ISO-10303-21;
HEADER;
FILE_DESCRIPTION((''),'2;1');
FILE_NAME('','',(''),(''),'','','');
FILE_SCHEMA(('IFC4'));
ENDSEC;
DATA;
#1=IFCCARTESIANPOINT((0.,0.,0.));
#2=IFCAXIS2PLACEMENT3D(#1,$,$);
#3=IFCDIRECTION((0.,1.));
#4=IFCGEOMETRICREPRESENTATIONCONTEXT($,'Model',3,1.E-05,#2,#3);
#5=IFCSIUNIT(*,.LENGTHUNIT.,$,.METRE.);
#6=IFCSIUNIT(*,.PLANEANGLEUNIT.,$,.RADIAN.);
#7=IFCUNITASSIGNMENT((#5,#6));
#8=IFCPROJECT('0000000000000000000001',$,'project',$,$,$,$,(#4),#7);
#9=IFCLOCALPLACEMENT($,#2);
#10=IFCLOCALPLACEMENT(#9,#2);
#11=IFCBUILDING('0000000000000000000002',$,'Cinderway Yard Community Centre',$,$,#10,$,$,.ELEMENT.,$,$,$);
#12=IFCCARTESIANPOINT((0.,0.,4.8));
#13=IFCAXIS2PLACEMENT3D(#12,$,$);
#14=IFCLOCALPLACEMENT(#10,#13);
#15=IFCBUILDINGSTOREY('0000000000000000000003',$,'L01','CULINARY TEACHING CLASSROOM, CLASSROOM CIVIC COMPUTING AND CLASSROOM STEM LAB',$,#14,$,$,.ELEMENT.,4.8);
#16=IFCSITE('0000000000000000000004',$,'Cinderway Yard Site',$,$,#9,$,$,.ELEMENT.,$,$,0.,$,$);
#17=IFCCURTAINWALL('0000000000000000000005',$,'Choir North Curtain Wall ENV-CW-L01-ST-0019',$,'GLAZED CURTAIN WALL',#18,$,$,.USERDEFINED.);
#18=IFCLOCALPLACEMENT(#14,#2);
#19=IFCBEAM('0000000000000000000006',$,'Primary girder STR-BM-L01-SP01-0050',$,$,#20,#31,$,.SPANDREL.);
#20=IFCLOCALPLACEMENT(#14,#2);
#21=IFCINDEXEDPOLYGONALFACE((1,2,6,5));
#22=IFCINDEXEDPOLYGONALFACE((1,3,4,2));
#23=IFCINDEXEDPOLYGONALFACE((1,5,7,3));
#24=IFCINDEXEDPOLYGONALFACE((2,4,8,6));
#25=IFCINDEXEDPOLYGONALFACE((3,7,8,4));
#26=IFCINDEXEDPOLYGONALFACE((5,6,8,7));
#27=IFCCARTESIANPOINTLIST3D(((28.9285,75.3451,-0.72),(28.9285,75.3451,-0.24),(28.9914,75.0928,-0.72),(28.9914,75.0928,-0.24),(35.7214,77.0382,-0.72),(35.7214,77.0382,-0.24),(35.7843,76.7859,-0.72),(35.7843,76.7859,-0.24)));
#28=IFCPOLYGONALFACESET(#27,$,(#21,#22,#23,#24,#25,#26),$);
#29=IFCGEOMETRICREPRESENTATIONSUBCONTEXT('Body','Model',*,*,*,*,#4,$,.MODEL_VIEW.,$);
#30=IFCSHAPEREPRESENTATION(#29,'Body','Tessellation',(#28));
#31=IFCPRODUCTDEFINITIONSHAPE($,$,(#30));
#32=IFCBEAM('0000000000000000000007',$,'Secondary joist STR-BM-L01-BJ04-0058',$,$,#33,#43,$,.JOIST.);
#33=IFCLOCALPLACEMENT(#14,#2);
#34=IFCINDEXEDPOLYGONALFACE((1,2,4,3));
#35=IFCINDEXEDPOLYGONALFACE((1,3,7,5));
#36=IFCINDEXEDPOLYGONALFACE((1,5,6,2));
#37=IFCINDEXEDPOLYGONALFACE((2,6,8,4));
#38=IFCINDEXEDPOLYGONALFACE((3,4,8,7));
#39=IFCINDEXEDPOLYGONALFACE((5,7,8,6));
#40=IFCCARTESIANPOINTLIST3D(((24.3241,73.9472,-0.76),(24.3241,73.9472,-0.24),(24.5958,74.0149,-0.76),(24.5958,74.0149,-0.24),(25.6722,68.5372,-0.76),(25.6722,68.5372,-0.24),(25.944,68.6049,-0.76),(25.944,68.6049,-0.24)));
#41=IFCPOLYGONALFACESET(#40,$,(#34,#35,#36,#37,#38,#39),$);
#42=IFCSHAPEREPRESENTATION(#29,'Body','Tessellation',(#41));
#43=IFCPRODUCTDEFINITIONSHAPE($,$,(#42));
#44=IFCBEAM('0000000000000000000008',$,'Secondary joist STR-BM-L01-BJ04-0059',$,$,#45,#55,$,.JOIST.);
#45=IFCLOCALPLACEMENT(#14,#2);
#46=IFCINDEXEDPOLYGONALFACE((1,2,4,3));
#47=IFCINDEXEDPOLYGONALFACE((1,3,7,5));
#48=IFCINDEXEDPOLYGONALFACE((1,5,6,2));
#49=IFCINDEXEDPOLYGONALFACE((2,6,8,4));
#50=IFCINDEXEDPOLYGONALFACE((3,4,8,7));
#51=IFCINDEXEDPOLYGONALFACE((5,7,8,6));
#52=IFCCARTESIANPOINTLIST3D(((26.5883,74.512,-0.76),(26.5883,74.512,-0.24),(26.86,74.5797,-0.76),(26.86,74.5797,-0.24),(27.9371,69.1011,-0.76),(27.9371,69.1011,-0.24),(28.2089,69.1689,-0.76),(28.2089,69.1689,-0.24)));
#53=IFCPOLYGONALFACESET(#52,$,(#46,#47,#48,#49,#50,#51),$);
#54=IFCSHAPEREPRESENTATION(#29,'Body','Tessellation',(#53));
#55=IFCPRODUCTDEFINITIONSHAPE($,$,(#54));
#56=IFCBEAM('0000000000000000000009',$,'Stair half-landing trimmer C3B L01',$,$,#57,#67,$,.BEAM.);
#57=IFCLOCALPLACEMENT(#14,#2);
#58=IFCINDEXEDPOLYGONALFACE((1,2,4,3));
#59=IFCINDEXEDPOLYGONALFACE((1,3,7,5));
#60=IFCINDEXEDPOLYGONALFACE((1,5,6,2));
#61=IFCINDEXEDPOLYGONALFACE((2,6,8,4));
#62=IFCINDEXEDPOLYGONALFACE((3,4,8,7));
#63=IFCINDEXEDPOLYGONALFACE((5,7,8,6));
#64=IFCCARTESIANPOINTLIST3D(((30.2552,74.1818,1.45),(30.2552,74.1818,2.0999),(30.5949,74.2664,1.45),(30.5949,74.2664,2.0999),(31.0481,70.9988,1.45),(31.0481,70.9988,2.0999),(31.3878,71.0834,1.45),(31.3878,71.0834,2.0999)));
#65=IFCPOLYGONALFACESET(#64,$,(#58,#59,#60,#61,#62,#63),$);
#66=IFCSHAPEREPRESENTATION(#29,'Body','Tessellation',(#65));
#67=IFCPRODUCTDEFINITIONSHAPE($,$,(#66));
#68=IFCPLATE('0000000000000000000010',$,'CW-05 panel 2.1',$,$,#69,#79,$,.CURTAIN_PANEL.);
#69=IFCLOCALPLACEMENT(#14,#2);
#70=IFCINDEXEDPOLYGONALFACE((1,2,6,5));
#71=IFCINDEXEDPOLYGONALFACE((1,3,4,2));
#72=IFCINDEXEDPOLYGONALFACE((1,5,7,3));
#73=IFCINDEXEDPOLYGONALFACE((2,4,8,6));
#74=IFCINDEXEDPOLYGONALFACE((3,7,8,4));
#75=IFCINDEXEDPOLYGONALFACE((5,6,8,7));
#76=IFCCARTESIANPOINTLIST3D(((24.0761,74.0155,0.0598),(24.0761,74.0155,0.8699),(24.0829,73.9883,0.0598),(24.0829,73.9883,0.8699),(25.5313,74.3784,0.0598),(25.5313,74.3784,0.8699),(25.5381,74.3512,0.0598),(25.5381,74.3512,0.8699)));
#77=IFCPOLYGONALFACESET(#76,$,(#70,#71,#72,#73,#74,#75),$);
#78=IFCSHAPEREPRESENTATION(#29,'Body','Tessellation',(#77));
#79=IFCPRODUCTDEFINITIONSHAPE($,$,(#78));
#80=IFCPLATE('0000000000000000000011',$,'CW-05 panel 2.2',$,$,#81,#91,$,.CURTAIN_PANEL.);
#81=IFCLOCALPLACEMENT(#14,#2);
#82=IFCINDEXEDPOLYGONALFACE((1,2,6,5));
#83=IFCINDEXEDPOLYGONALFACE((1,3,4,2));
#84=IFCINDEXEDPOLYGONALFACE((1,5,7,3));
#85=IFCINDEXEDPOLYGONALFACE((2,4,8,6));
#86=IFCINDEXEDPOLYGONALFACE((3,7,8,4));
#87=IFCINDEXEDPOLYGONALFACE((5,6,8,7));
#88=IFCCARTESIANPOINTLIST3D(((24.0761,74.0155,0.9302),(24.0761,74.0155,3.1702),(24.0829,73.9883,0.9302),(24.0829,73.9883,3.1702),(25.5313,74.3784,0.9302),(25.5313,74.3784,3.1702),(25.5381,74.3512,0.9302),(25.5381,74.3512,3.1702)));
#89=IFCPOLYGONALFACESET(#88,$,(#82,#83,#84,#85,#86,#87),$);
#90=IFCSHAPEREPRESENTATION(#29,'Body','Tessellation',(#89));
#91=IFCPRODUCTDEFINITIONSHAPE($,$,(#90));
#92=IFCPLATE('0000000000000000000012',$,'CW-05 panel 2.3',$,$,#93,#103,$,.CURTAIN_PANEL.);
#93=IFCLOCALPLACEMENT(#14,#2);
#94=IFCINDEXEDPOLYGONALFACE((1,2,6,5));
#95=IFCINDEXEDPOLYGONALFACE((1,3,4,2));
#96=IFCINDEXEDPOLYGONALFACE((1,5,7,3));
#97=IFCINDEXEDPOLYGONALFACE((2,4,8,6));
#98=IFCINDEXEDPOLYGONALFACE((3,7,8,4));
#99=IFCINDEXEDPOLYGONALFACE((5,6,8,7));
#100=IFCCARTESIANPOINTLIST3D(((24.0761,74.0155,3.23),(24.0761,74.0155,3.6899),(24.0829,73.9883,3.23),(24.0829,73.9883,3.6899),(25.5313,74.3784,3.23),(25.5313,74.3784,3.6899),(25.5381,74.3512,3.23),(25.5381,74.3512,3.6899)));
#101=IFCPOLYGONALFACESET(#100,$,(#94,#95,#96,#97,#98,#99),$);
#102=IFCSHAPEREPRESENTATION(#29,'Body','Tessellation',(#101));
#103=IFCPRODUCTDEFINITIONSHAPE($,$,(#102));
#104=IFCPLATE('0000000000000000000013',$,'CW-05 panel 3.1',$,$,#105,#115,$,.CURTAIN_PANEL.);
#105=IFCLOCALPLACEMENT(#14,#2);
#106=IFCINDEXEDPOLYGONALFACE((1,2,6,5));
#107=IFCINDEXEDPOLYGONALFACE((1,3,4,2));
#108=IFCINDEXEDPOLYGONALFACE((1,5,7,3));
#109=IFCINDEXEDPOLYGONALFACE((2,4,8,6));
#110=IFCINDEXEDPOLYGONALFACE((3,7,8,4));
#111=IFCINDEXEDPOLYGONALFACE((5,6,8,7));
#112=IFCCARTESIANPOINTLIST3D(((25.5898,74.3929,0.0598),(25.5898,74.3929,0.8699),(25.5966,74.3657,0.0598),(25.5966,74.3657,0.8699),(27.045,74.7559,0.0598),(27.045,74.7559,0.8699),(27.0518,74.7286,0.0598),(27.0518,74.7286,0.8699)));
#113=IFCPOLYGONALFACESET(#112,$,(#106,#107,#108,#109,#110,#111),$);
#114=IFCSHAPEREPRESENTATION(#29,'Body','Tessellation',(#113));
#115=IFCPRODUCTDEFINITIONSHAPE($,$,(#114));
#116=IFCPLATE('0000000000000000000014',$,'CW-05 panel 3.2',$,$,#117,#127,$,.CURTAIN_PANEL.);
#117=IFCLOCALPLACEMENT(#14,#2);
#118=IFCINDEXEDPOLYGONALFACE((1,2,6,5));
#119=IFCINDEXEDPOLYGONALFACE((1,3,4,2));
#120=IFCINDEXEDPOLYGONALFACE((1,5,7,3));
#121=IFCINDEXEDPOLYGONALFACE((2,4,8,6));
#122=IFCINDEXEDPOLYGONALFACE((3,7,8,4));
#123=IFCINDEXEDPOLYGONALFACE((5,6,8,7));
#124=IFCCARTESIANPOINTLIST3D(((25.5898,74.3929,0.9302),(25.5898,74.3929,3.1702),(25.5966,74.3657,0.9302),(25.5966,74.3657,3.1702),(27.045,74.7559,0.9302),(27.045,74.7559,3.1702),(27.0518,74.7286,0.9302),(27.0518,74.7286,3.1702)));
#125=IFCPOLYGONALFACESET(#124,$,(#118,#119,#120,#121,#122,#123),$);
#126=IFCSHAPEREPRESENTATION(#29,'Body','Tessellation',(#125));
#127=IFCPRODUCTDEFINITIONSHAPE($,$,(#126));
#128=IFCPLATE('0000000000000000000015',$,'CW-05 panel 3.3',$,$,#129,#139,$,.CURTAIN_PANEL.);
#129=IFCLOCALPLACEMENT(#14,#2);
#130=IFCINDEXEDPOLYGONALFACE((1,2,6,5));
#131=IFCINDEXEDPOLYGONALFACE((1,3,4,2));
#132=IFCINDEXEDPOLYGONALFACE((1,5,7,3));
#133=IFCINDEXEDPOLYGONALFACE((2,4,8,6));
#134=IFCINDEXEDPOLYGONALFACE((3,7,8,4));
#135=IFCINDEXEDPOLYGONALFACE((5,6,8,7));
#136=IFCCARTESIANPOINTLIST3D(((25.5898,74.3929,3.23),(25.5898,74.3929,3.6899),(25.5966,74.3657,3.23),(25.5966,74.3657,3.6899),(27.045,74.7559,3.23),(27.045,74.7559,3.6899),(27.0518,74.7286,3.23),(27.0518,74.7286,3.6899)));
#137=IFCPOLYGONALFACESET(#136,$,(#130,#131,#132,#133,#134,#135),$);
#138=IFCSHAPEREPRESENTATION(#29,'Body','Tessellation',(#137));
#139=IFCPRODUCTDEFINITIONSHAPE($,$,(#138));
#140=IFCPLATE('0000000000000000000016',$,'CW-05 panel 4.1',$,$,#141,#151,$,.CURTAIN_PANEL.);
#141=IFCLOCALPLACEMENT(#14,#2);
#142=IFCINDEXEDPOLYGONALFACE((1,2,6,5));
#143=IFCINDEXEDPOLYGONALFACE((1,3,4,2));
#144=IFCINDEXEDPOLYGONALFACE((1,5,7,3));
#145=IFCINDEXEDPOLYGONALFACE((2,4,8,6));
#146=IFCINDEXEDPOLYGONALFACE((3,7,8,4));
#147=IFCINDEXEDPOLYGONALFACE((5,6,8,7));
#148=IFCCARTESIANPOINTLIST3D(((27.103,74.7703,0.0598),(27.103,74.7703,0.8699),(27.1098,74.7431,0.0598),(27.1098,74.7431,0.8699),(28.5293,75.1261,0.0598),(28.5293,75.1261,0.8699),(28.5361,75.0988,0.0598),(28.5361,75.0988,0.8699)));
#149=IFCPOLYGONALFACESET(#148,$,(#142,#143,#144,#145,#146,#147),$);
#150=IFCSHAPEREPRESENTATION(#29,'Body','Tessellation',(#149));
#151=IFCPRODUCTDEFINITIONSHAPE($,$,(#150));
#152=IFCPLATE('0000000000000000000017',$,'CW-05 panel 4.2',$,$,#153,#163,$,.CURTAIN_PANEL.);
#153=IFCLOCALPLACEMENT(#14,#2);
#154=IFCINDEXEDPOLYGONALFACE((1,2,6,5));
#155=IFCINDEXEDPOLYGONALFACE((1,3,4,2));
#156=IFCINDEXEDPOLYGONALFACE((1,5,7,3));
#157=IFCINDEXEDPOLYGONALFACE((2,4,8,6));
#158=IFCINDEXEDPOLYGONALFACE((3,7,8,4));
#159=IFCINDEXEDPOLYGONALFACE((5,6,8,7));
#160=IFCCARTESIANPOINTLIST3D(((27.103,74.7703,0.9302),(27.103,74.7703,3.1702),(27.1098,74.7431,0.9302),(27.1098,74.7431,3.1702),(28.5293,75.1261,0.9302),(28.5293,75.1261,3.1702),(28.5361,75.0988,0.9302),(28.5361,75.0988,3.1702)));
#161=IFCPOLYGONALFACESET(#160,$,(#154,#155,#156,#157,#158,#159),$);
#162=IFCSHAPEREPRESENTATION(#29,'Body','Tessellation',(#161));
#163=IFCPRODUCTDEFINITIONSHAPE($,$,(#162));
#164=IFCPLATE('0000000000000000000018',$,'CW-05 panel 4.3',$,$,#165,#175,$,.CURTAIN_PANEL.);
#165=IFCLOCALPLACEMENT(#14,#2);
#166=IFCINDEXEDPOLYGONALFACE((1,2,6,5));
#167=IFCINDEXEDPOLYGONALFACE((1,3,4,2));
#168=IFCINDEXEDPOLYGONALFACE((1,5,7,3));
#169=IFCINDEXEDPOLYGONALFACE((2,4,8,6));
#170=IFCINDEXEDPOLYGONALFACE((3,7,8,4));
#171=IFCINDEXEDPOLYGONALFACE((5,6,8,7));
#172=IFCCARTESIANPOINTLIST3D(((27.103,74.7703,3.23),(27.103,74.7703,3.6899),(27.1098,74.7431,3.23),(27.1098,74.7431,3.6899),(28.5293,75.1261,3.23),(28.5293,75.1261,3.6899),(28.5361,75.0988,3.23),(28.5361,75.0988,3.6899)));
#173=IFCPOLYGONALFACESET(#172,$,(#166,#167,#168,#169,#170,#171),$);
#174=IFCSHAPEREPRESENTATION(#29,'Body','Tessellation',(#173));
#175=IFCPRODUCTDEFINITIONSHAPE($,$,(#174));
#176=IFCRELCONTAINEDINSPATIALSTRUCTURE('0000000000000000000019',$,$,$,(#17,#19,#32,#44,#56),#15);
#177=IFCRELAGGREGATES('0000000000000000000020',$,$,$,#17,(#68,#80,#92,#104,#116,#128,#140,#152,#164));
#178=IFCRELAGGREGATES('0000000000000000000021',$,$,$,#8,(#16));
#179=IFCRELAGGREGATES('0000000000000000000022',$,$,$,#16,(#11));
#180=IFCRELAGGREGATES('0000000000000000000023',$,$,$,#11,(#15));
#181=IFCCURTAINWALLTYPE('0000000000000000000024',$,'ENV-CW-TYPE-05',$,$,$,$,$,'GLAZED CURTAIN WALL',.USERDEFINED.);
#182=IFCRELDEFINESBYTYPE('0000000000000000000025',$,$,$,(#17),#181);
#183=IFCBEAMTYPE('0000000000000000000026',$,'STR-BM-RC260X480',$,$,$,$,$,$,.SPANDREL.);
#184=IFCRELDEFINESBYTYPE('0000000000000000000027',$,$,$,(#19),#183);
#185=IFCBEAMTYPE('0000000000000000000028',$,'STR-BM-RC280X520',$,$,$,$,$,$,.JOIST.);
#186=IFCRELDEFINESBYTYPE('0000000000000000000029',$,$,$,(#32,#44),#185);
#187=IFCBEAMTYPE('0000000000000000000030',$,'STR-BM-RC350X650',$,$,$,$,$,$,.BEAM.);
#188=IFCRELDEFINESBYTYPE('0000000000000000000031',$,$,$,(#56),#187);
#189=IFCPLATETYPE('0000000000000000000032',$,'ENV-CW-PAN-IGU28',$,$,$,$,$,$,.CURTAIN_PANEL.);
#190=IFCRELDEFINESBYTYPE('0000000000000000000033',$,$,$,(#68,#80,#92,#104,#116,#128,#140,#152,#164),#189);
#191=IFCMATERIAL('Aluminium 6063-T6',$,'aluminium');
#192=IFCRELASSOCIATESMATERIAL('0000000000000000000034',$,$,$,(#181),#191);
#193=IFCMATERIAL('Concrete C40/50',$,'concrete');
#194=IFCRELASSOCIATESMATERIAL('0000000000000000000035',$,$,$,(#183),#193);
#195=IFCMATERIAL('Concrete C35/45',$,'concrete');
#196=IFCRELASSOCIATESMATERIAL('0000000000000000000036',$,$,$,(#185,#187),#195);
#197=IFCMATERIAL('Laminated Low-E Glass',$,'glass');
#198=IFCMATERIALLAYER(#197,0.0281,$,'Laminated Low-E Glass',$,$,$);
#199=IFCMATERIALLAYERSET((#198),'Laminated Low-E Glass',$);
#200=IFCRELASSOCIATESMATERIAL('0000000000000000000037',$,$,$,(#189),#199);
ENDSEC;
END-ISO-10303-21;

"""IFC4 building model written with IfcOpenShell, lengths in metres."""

from ifc_helpers import new_model, si_unit, direction, frame, origin, origin_2d, place, context, subcontext, project, spatial, rectangle, extrude, material, layer, layer_set, material_profile, profile_set, type_object, element, aggregate, save


model = new_model("IFC4")

# Units and contexts
model_context = context("Model", 3, precision=1e-05, world=origin(), true_north=direction((0.0, 1.0)))
body_context = subcontext(model_context, "Body", "Model", "MODEL_VIEW")
ifc_project = project(units=[si_unit("LENGTHUNIT", "METRE"), si_unit("PLANEANGLEUNIT", "RADIAN")], contexts=[model_context])

# Site, building, storey
site_placement = place(None, origin())
site = spatial("IfcSite", under=ifc_project, at=site_placement, Name="Cinderway Yard Site", CompositionType="ELEMENT", RefElevation=0.0)
building_placement = place(site_placement, origin())
building = spatial("IfcBuilding", under=site, at=building_placement, Name="Cinderway Yard Community Centre", CompositionType="ELEMENT")
storey_placement = place(building_placement, frame((0.0, 0.0, 4.8)))
storey = spatial("IfcBuildingStorey", under=building, at=storey_placement, Name="L01", Description="CULINARY TEACHING CLASSROOM, CLASSROOM CIVIC COMPUTING AND CLASSROOM STEM LAB", CompositionType="ELEMENT", Elevation=4.8)

# Shared definitions
ifc_material_1 = material(Name="Concrete C40/50", Category="concrete")

# Curtain wall
ifc_material_2 = material(Name="Aluminium 6063-T6", Category="aluminium")
curtain_wall_type = type_object("IfcCurtainWallType", Name="ENV-CW-TYPE-05", ElementType="GLAZED CURTAIN WALL", PredefinedType="USERDEFINED", material=ifc_material_2)
curtain_wall_placement = place(storey_placement, origin())
curtain_wall = element("IfcCurtainWall", 1, at=curtain_wall_placement, inside=storey, type_object=curtain_wall_type, Name="Choir North Curtain Wall ENV-CW-L01-ST-0019", ObjectType="GLAZED CURTAIN WALL", PredefinedType="USERDEFINED")

# Beams
ifc_material_profile_1 = material_profile(ifc_material_1, rectangle(XDim=0.26, YDim=0.48, at=origin_2d()), Name="Concrete C40/50")
ifc_profile_set_1 = profile_set([ifc_material_profile_1], Name="Concrete C40/50")
beam_type_1 = type_object("IfcBeamType", Name="STR-BM-RC260X480", PredefinedType="SPANDREL", material=ifc_profile_set_1)
beam_1_placement = place(storey_placement, frame((28.96, 75.219, -0.48), z_axis=(0.970315, 0.241846, 0.0), x_axis=(-0.241846, 0.970315, 0.0)))
element("IfcBeam", 2, at=beam_1_placement, inside=storey, type_object=beam_type_1, Name="Primary girder STR-BM-L01-SP01-0050", PredefinedType="SPANDREL", context=body_context, shape_type="SweptSolid", body=[
    extrude(rectangle(XDim=0.26, YDim=0.48, at=origin_2d()), origin(), (0.0, 0.0, 1.0), 7.0007),
])
ifc_material_3 = material(Name="Concrete C35/45", Category="concrete")
ifc_material_profile_2 = material_profile(ifc_material_3, rectangle(XDim=0.28, YDim=0.52, at=origin_2d()), Name="Concrete C35/45")
ifc_profile_set_2 = profile_set([ifc_material_profile_2], Name="Concrete C35/45")
beam_type_2 = type_object("IfcBeamType", Name="STR-BM-RC280X520", PredefinedType="JOIST", material=ifc_profile_set_2)
beam_2_placement = place(storey_placement, frame((25.8081, 68.571, -0.5), z_axis=(-0.241804, 0.970325, 0.0), x_axis=(-0.970325, -0.241804, 0.0)))
element("IfcBeam", 3, at=beam_2_placement, inside=storey, type_object=beam_type_2, Name="Secondary joist STR-BM-L01-BJ04-0058", PredefinedType="JOIST", context=body_context, shape_type="SweptSolid", body=[
    extrude(rectangle(XDim=0.28, YDim=0.52, at=origin_2d()), origin(), (0.0, 0.0, 1.0), 5.5754),
])
beam_3_placement = place(storey_placement, frame((28.073, 69.135, -0.5), z_axis=(-0.241887, 0.970305, 0.0), x_axis=(-0.970305, -0.241887, 0.0)))
element("IfcBeam", 4, at=beam_3_placement, inside=storey, type_object=beam_type_2, Name="Secondary joist STR-BM-L01-BJ04-0059", PredefinedType="JOIST", context=body_context, shape_type="SweptSolid", body=[
    extrude(rectangle(XDim=0.28, YDim=0.52, at=origin_2d()), origin(), (0.0, 0.0, 1.0), 5.5764),
])
ifc_material_profile_3 = material_profile(ifc_material_3, rectangle(XDim=0.3501, YDim=0.6499, at=origin_2d()), Name="Concrete C35/45")
ifc_profile_set_3 = profile_set([ifc_material_profile_3], Name="Concrete C35/45")
beam_type_3 = type_object("IfcBeamType", Name="STR-BM-RC350X650", PredefinedType="BEAM", material=ifc_profile_set_3)
beam_4_placement = place(storey_placement, frame((30.425, 74.2241, 1.7749), z_axis=(0.24173, -0.970344, 0.0), x_axis=(0.970344, 0.24173, 0.0)))
element("IfcBeam", 5, at=beam_4_placement, inside=storey, type_object=beam_type_3, Name="Stair half-landing trimmer C3B L01", PredefinedType="BEAM", context=body_context, shape_type="SweptSolid", body=[
    extrude(rectangle(XDim=0.3501, YDim=0.6499, at=origin_2d()), origin(), (0.0, 0.0, 1.0), 3.2803),
])

# Plates
ifc_material_4 = material(Name="Laminated Low-E Glass", Category="glass")
ifc_layer_1 = layer(ifc_material_4, 0.0281, Name="Laminated Low-E Glass")
ifc_layer_set_1 = layer_set([ifc_layer_1], Name="Laminated Low-E Glass")
plate_type = type_object("IfcPlateType", Name="ENV-CW-PAN-IGU28", PredefinedType="CURTAIN_PANEL", material=ifc_layer_set_1)
plate_1_placement = place(storey_placement, frame((24.8071, 74.1833, 0.0598), z_axis=(0.0, 0.0, 1.0), x_axis=(0.970274, 0.242008, 0.0)))
plate_1 = element("IfcPlate", 6, at=plate_1_placement, type_object=plate_type, Name="CW-05 panel 2.1", PredefinedType="CURTAIN_PANEL", context=body_context, shape_type="SweptSolid", body=[
    extrude(rectangle(XDim=1.4998, YDim=0.0281, at=origin_2d()), origin(), (0.0, 0.0, 1.0), 0.8101),
])
plate_2_placement = place(storey_placement, frame((24.8071, 74.1833, 0.9302), z_axis=(0.0, 0.0, 1.0), x_axis=(0.970274, 0.242008, 0.0)))
plate_2 = element("IfcPlate", 7, at=plate_2_placement, type_object=plate_type, Name="CW-05 panel 2.2", PredefinedType="CURTAIN_PANEL", context=body_context, shape_type="SweptSolid", body=[
    extrude(rectangle(XDim=1.4998, YDim=0.0281, at=origin_2d()), origin(), (0.0, 0.0, 1.0), 2.24),
])
plate_3_placement = place(storey_placement, frame((24.8071, 74.1833, 3.23), z_axis=(0.0, 0.0, 1.0), x_axis=(0.970274, 0.242008, 0.0)))
plate_3 = element("IfcPlate", 8, at=plate_3_placement, type_object=plate_type, Name="CW-05 panel 2.3", PredefinedType="CURTAIN_PANEL", context=body_context, shape_type="SweptSolid", body=[
    extrude(rectangle(XDim=1.4998, YDim=0.0281, at=origin_2d()), origin(), (0.0, 0.0, 1.0), 0.46),
])
plate_4_placement = place(storey_placement, frame((26.3208, 74.5608, 0.0598), z_axis=(0.0, 0.0, 1.0), x_axis=(0.970274, 0.242008, 0.0)))
plate_4 = element("IfcPlate", 9, at=plate_4_placement, type_object=plate_type, Name="CW-05 panel 3.1", PredefinedType="CURTAIN_PANEL", context=body_context, shape_type="SweptSolid", body=[
    extrude(rectangle(XDim=1.4998, YDim=0.0281, at=origin_2d()), origin(), (0.0, 0.0, 1.0), 0.8101),
])
plate_5_placement = place(storey_placement, frame((26.3208, 74.5608, 0.9302), z_axis=(0.0, 0.0, 1.0), x_axis=(0.970274, 0.242008, 0.0)))
plate_5 = element("IfcPlate", 10, at=plate_5_placement, type_object=plate_type, Name="CW-05 panel 3.2", PredefinedType="CURTAIN_PANEL", context=body_context, shape_type="SweptSolid", body=[
    extrude(rectangle(XDim=1.4998, YDim=0.0281, at=origin_2d()), origin(), (0.0, 0.0, 1.0), 2.24),
])
plate_6_placement = place(storey_placement, frame((26.3208, 74.5608, 3.23), z_axis=(0.0, 0.0, 1.0), x_axis=(0.970274, 0.242008, 0.0)))
plate_6 = element("IfcPlate", 11, at=plate_6_placement, type_object=plate_type, Name="CW-05 panel 3.3", PredefinedType="CURTAIN_PANEL", context=body_context, shape_type="SweptSolid", body=[
    extrude(rectangle(XDim=1.4998, YDim=0.0281, at=origin_2d()), origin(), (0.0, 0.0, 1.0), 0.46),
])
plate_7_placement = place(storey_placement, frame((27.8196, 74.9346, 0.0598), z_axis=(0.0, 0.0, 1.0), x_axis=(0.970274, 0.242008, 0.0)))
plate_7 = element("IfcPlate", 12, at=plate_7_placement, type_object=plate_type, Name="CW-05 panel 4.1", PredefinedType="CURTAIN_PANEL", context=body_context, shape_type="SweptSolid", body=[
    extrude(rectangle(XDim=1.47, YDim=0.0281, at=origin_2d()), origin(), (0.0, 0.0, 1.0), 0.8101),
])
plate_8_placement = place(storey_placement, frame((27.8196, 74.9346, 0.9302), z_axis=(0.0, 0.0, 1.0), x_axis=(0.970274, 0.242008, 0.0)))
plate_8 = element("IfcPlate", 13, at=plate_8_placement, type_object=plate_type, Name="CW-05 panel 4.2", PredefinedType="CURTAIN_PANEL", context=body_context, shape_type="SweptSolid", body=[
    extrude(rectangle(XDim=1.47, YDim=0.0281, at=origin_2d()), origin(), (0.0, 0.0, 1.0), 2.24),
])
plate_9_placement = place(storey_placement, frame((27.8196, 74.9346, 3.23), z_axis=(0.0, 0.0, 1.0), x_axis=(0.970274, 0.242008, 0.0)))
plate_9 = element("IfcPlate", 14, at=plate_9_placement, type_object=plate_type, Name="CW-05 panel 4.3", PredefinedType="CURTAIN_PANEL", context=body_context, shape_type="SweptSolid", body=[
    extrude(rectangle(XDim=1.47, YDim=0.0281, at=origin_2d()), origin(), (0.0, 0.0, 1.0), 0.46),
])
aggregate(curtain_wall, [plate_1, plate_2, plate_3, plate_4, plate_5, plate_6, plate_7, plate_8, plate_9])

save(model, "model.ifc")
